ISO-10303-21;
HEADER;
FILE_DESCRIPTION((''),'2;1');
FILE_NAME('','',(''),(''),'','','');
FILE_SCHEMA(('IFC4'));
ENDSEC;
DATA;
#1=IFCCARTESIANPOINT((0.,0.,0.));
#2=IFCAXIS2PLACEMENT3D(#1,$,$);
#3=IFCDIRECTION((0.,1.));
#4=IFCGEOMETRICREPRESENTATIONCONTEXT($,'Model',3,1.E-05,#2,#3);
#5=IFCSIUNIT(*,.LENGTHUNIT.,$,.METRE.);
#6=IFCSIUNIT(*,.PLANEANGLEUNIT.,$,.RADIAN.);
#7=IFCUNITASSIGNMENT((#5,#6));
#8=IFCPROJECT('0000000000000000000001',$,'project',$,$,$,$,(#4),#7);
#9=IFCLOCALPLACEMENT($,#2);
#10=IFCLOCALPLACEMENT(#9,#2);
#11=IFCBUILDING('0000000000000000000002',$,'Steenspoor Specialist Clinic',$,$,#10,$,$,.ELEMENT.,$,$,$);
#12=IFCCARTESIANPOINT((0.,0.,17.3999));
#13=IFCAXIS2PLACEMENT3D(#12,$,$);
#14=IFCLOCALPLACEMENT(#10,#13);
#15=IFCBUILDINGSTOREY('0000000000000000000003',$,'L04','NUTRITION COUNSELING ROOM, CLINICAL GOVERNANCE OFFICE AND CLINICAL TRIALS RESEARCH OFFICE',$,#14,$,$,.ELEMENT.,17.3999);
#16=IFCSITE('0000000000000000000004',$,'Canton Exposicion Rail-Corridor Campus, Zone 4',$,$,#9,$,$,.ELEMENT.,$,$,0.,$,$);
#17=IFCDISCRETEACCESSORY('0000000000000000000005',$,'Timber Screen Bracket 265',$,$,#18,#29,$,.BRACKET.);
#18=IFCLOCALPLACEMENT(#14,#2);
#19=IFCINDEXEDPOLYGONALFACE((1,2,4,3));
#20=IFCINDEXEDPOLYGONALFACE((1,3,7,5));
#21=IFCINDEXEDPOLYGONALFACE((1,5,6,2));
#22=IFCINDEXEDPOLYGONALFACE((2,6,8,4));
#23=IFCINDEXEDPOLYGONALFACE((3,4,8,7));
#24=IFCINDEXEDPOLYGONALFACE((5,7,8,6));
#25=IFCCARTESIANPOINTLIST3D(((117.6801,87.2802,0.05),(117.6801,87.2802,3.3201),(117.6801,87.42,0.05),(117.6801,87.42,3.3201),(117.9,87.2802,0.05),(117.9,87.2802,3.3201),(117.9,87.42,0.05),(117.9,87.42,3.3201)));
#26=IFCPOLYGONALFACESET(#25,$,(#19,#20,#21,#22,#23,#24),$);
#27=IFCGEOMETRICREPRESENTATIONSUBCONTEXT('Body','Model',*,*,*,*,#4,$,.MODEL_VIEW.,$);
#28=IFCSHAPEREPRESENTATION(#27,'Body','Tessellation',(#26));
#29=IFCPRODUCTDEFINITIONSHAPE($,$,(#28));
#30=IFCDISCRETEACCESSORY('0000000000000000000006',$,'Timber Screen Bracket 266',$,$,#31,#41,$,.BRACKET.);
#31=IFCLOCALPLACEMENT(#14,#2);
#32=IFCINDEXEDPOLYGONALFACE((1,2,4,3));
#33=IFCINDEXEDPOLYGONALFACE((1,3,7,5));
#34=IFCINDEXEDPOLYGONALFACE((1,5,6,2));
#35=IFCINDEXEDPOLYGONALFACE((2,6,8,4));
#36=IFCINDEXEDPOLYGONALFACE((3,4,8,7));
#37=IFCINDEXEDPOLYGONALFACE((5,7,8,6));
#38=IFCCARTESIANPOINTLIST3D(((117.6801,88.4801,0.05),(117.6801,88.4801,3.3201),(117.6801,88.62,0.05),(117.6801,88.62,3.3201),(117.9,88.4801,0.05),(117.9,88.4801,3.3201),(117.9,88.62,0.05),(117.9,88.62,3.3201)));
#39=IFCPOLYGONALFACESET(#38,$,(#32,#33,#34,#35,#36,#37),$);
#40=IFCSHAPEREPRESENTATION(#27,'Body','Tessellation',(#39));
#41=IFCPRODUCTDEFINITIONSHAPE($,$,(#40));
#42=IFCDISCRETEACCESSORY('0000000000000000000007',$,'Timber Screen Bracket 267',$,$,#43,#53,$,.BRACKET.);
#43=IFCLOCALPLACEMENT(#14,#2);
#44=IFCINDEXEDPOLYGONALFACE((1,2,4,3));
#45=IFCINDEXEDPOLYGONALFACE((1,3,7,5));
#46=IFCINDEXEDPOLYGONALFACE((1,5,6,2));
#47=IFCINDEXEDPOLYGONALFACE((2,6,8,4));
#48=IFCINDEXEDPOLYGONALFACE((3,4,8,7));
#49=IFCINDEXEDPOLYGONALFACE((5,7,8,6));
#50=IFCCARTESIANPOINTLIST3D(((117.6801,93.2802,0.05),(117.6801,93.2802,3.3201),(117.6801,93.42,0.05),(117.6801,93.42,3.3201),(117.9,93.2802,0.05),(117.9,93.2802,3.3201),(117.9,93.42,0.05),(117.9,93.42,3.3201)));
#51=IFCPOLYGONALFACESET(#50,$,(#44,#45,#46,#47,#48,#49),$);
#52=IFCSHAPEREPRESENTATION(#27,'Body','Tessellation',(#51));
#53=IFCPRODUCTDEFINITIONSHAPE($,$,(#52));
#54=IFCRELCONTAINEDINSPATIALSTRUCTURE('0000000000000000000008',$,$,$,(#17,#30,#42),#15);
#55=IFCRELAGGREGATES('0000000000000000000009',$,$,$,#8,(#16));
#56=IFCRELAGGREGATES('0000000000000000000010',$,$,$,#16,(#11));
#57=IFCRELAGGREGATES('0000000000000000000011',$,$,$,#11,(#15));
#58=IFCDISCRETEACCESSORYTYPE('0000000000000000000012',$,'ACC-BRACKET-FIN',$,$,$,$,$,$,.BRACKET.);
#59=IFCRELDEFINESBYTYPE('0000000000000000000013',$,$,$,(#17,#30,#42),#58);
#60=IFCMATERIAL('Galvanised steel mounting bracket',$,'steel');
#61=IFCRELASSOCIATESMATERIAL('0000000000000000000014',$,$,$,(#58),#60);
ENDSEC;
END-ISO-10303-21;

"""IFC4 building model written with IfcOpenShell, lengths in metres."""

from ifc_helpers import new_model, si_unit, direction, frame, origin, origin_2d, place, context, subcontext, project, spatial, rectangle, extrude, material, type_object, element, save


model = new_model("IFC4")

# Units and contexts
model_context = context("Model", 3, precision=1e-05, world=origin(), true_north=direction((0.0, 1.0)))
body_context = subcontext(model_context, "Body", "Model", "MODEL_VIEW")
ifc_project = project(units=[si_unit("LENGTHUNIT", "METRE"), si_unit("PLANEANGLEUNIT", "RADIAN")], contexts=[model_context])

# Site, building, storey
site_placement = place(None, origin())
site = spatial("IfcSite", under=ifc_project, at=site_placement, Name="Canton Exposicion Rail-Corridor Campus, Zone 4", CompositionType="ELEMENT", RefElevation=0.0)
building_placement = place(site_placement, origin())
building = spatial("IfcBuilding", under=site, at=building_placement, Name="Steenspoor Specialist Clinic", CompositionType="ELEMENT")
storey_placement = place(building_placement, frame((0.0, 0.0, 17.3999)))
storey = spatial("IfcBuildingStorey", under=building, at=storey_placement, Name="L04", Description="NUTRITION COUNSELING ROOM, CLINICAL GOVERNANCE OFFICE AND CLINICAL TRIALS RESEARCH OFFICE", CompositionType="ELEMENT", Elevation=17.3999)

# Discrete accessories
ifc_material_1 = material(Name="Galvanised steel mounting bracket", Category="steel")
discrete_accessory_type = type_object("IfcDiscreteAccessoryType", Name="ACC-BRACKET-FIN", PredefinedType="BRACKET", material=ifc_material_1)
for number, where, z_axis, x_axis, name in (
    (1, (117.79, 87.3501, 0.05), (0.0, 0.0, 1.0), (-1.0, 0.0, 0.0), "Timber Screen Bracket 265"),
    (2, (117.79, 88.55, 0.05), (0.0, 0.0, 1.0), (-1.0, 0.0, 0.0), "Timber Screen Bracket 266"),
    (3, (117.79, 93.3501, 0.05), (0.0, 0.0, 1.0), (-1.0, 0.0, 0.0), "Timber Screen Bracket 267"),
):
    element("IfcDiscreteAccessory", number, at=place(storey_placement, frame(where, z_axis=z_axis, x_axis=x_axis)), inside=storey, type_object=discrete_accessory_type, Name=name, PredefinedType="BRACKET", context=body_context, shape_type="SweptSolid", body=[
        extrude(rectangle(XDim=0.22, YDim=0.1399, at=origin_2d()), origin(), (0.0, 0.0, 1.0), 3.27),
    ])

save(model, "model.ifc")
